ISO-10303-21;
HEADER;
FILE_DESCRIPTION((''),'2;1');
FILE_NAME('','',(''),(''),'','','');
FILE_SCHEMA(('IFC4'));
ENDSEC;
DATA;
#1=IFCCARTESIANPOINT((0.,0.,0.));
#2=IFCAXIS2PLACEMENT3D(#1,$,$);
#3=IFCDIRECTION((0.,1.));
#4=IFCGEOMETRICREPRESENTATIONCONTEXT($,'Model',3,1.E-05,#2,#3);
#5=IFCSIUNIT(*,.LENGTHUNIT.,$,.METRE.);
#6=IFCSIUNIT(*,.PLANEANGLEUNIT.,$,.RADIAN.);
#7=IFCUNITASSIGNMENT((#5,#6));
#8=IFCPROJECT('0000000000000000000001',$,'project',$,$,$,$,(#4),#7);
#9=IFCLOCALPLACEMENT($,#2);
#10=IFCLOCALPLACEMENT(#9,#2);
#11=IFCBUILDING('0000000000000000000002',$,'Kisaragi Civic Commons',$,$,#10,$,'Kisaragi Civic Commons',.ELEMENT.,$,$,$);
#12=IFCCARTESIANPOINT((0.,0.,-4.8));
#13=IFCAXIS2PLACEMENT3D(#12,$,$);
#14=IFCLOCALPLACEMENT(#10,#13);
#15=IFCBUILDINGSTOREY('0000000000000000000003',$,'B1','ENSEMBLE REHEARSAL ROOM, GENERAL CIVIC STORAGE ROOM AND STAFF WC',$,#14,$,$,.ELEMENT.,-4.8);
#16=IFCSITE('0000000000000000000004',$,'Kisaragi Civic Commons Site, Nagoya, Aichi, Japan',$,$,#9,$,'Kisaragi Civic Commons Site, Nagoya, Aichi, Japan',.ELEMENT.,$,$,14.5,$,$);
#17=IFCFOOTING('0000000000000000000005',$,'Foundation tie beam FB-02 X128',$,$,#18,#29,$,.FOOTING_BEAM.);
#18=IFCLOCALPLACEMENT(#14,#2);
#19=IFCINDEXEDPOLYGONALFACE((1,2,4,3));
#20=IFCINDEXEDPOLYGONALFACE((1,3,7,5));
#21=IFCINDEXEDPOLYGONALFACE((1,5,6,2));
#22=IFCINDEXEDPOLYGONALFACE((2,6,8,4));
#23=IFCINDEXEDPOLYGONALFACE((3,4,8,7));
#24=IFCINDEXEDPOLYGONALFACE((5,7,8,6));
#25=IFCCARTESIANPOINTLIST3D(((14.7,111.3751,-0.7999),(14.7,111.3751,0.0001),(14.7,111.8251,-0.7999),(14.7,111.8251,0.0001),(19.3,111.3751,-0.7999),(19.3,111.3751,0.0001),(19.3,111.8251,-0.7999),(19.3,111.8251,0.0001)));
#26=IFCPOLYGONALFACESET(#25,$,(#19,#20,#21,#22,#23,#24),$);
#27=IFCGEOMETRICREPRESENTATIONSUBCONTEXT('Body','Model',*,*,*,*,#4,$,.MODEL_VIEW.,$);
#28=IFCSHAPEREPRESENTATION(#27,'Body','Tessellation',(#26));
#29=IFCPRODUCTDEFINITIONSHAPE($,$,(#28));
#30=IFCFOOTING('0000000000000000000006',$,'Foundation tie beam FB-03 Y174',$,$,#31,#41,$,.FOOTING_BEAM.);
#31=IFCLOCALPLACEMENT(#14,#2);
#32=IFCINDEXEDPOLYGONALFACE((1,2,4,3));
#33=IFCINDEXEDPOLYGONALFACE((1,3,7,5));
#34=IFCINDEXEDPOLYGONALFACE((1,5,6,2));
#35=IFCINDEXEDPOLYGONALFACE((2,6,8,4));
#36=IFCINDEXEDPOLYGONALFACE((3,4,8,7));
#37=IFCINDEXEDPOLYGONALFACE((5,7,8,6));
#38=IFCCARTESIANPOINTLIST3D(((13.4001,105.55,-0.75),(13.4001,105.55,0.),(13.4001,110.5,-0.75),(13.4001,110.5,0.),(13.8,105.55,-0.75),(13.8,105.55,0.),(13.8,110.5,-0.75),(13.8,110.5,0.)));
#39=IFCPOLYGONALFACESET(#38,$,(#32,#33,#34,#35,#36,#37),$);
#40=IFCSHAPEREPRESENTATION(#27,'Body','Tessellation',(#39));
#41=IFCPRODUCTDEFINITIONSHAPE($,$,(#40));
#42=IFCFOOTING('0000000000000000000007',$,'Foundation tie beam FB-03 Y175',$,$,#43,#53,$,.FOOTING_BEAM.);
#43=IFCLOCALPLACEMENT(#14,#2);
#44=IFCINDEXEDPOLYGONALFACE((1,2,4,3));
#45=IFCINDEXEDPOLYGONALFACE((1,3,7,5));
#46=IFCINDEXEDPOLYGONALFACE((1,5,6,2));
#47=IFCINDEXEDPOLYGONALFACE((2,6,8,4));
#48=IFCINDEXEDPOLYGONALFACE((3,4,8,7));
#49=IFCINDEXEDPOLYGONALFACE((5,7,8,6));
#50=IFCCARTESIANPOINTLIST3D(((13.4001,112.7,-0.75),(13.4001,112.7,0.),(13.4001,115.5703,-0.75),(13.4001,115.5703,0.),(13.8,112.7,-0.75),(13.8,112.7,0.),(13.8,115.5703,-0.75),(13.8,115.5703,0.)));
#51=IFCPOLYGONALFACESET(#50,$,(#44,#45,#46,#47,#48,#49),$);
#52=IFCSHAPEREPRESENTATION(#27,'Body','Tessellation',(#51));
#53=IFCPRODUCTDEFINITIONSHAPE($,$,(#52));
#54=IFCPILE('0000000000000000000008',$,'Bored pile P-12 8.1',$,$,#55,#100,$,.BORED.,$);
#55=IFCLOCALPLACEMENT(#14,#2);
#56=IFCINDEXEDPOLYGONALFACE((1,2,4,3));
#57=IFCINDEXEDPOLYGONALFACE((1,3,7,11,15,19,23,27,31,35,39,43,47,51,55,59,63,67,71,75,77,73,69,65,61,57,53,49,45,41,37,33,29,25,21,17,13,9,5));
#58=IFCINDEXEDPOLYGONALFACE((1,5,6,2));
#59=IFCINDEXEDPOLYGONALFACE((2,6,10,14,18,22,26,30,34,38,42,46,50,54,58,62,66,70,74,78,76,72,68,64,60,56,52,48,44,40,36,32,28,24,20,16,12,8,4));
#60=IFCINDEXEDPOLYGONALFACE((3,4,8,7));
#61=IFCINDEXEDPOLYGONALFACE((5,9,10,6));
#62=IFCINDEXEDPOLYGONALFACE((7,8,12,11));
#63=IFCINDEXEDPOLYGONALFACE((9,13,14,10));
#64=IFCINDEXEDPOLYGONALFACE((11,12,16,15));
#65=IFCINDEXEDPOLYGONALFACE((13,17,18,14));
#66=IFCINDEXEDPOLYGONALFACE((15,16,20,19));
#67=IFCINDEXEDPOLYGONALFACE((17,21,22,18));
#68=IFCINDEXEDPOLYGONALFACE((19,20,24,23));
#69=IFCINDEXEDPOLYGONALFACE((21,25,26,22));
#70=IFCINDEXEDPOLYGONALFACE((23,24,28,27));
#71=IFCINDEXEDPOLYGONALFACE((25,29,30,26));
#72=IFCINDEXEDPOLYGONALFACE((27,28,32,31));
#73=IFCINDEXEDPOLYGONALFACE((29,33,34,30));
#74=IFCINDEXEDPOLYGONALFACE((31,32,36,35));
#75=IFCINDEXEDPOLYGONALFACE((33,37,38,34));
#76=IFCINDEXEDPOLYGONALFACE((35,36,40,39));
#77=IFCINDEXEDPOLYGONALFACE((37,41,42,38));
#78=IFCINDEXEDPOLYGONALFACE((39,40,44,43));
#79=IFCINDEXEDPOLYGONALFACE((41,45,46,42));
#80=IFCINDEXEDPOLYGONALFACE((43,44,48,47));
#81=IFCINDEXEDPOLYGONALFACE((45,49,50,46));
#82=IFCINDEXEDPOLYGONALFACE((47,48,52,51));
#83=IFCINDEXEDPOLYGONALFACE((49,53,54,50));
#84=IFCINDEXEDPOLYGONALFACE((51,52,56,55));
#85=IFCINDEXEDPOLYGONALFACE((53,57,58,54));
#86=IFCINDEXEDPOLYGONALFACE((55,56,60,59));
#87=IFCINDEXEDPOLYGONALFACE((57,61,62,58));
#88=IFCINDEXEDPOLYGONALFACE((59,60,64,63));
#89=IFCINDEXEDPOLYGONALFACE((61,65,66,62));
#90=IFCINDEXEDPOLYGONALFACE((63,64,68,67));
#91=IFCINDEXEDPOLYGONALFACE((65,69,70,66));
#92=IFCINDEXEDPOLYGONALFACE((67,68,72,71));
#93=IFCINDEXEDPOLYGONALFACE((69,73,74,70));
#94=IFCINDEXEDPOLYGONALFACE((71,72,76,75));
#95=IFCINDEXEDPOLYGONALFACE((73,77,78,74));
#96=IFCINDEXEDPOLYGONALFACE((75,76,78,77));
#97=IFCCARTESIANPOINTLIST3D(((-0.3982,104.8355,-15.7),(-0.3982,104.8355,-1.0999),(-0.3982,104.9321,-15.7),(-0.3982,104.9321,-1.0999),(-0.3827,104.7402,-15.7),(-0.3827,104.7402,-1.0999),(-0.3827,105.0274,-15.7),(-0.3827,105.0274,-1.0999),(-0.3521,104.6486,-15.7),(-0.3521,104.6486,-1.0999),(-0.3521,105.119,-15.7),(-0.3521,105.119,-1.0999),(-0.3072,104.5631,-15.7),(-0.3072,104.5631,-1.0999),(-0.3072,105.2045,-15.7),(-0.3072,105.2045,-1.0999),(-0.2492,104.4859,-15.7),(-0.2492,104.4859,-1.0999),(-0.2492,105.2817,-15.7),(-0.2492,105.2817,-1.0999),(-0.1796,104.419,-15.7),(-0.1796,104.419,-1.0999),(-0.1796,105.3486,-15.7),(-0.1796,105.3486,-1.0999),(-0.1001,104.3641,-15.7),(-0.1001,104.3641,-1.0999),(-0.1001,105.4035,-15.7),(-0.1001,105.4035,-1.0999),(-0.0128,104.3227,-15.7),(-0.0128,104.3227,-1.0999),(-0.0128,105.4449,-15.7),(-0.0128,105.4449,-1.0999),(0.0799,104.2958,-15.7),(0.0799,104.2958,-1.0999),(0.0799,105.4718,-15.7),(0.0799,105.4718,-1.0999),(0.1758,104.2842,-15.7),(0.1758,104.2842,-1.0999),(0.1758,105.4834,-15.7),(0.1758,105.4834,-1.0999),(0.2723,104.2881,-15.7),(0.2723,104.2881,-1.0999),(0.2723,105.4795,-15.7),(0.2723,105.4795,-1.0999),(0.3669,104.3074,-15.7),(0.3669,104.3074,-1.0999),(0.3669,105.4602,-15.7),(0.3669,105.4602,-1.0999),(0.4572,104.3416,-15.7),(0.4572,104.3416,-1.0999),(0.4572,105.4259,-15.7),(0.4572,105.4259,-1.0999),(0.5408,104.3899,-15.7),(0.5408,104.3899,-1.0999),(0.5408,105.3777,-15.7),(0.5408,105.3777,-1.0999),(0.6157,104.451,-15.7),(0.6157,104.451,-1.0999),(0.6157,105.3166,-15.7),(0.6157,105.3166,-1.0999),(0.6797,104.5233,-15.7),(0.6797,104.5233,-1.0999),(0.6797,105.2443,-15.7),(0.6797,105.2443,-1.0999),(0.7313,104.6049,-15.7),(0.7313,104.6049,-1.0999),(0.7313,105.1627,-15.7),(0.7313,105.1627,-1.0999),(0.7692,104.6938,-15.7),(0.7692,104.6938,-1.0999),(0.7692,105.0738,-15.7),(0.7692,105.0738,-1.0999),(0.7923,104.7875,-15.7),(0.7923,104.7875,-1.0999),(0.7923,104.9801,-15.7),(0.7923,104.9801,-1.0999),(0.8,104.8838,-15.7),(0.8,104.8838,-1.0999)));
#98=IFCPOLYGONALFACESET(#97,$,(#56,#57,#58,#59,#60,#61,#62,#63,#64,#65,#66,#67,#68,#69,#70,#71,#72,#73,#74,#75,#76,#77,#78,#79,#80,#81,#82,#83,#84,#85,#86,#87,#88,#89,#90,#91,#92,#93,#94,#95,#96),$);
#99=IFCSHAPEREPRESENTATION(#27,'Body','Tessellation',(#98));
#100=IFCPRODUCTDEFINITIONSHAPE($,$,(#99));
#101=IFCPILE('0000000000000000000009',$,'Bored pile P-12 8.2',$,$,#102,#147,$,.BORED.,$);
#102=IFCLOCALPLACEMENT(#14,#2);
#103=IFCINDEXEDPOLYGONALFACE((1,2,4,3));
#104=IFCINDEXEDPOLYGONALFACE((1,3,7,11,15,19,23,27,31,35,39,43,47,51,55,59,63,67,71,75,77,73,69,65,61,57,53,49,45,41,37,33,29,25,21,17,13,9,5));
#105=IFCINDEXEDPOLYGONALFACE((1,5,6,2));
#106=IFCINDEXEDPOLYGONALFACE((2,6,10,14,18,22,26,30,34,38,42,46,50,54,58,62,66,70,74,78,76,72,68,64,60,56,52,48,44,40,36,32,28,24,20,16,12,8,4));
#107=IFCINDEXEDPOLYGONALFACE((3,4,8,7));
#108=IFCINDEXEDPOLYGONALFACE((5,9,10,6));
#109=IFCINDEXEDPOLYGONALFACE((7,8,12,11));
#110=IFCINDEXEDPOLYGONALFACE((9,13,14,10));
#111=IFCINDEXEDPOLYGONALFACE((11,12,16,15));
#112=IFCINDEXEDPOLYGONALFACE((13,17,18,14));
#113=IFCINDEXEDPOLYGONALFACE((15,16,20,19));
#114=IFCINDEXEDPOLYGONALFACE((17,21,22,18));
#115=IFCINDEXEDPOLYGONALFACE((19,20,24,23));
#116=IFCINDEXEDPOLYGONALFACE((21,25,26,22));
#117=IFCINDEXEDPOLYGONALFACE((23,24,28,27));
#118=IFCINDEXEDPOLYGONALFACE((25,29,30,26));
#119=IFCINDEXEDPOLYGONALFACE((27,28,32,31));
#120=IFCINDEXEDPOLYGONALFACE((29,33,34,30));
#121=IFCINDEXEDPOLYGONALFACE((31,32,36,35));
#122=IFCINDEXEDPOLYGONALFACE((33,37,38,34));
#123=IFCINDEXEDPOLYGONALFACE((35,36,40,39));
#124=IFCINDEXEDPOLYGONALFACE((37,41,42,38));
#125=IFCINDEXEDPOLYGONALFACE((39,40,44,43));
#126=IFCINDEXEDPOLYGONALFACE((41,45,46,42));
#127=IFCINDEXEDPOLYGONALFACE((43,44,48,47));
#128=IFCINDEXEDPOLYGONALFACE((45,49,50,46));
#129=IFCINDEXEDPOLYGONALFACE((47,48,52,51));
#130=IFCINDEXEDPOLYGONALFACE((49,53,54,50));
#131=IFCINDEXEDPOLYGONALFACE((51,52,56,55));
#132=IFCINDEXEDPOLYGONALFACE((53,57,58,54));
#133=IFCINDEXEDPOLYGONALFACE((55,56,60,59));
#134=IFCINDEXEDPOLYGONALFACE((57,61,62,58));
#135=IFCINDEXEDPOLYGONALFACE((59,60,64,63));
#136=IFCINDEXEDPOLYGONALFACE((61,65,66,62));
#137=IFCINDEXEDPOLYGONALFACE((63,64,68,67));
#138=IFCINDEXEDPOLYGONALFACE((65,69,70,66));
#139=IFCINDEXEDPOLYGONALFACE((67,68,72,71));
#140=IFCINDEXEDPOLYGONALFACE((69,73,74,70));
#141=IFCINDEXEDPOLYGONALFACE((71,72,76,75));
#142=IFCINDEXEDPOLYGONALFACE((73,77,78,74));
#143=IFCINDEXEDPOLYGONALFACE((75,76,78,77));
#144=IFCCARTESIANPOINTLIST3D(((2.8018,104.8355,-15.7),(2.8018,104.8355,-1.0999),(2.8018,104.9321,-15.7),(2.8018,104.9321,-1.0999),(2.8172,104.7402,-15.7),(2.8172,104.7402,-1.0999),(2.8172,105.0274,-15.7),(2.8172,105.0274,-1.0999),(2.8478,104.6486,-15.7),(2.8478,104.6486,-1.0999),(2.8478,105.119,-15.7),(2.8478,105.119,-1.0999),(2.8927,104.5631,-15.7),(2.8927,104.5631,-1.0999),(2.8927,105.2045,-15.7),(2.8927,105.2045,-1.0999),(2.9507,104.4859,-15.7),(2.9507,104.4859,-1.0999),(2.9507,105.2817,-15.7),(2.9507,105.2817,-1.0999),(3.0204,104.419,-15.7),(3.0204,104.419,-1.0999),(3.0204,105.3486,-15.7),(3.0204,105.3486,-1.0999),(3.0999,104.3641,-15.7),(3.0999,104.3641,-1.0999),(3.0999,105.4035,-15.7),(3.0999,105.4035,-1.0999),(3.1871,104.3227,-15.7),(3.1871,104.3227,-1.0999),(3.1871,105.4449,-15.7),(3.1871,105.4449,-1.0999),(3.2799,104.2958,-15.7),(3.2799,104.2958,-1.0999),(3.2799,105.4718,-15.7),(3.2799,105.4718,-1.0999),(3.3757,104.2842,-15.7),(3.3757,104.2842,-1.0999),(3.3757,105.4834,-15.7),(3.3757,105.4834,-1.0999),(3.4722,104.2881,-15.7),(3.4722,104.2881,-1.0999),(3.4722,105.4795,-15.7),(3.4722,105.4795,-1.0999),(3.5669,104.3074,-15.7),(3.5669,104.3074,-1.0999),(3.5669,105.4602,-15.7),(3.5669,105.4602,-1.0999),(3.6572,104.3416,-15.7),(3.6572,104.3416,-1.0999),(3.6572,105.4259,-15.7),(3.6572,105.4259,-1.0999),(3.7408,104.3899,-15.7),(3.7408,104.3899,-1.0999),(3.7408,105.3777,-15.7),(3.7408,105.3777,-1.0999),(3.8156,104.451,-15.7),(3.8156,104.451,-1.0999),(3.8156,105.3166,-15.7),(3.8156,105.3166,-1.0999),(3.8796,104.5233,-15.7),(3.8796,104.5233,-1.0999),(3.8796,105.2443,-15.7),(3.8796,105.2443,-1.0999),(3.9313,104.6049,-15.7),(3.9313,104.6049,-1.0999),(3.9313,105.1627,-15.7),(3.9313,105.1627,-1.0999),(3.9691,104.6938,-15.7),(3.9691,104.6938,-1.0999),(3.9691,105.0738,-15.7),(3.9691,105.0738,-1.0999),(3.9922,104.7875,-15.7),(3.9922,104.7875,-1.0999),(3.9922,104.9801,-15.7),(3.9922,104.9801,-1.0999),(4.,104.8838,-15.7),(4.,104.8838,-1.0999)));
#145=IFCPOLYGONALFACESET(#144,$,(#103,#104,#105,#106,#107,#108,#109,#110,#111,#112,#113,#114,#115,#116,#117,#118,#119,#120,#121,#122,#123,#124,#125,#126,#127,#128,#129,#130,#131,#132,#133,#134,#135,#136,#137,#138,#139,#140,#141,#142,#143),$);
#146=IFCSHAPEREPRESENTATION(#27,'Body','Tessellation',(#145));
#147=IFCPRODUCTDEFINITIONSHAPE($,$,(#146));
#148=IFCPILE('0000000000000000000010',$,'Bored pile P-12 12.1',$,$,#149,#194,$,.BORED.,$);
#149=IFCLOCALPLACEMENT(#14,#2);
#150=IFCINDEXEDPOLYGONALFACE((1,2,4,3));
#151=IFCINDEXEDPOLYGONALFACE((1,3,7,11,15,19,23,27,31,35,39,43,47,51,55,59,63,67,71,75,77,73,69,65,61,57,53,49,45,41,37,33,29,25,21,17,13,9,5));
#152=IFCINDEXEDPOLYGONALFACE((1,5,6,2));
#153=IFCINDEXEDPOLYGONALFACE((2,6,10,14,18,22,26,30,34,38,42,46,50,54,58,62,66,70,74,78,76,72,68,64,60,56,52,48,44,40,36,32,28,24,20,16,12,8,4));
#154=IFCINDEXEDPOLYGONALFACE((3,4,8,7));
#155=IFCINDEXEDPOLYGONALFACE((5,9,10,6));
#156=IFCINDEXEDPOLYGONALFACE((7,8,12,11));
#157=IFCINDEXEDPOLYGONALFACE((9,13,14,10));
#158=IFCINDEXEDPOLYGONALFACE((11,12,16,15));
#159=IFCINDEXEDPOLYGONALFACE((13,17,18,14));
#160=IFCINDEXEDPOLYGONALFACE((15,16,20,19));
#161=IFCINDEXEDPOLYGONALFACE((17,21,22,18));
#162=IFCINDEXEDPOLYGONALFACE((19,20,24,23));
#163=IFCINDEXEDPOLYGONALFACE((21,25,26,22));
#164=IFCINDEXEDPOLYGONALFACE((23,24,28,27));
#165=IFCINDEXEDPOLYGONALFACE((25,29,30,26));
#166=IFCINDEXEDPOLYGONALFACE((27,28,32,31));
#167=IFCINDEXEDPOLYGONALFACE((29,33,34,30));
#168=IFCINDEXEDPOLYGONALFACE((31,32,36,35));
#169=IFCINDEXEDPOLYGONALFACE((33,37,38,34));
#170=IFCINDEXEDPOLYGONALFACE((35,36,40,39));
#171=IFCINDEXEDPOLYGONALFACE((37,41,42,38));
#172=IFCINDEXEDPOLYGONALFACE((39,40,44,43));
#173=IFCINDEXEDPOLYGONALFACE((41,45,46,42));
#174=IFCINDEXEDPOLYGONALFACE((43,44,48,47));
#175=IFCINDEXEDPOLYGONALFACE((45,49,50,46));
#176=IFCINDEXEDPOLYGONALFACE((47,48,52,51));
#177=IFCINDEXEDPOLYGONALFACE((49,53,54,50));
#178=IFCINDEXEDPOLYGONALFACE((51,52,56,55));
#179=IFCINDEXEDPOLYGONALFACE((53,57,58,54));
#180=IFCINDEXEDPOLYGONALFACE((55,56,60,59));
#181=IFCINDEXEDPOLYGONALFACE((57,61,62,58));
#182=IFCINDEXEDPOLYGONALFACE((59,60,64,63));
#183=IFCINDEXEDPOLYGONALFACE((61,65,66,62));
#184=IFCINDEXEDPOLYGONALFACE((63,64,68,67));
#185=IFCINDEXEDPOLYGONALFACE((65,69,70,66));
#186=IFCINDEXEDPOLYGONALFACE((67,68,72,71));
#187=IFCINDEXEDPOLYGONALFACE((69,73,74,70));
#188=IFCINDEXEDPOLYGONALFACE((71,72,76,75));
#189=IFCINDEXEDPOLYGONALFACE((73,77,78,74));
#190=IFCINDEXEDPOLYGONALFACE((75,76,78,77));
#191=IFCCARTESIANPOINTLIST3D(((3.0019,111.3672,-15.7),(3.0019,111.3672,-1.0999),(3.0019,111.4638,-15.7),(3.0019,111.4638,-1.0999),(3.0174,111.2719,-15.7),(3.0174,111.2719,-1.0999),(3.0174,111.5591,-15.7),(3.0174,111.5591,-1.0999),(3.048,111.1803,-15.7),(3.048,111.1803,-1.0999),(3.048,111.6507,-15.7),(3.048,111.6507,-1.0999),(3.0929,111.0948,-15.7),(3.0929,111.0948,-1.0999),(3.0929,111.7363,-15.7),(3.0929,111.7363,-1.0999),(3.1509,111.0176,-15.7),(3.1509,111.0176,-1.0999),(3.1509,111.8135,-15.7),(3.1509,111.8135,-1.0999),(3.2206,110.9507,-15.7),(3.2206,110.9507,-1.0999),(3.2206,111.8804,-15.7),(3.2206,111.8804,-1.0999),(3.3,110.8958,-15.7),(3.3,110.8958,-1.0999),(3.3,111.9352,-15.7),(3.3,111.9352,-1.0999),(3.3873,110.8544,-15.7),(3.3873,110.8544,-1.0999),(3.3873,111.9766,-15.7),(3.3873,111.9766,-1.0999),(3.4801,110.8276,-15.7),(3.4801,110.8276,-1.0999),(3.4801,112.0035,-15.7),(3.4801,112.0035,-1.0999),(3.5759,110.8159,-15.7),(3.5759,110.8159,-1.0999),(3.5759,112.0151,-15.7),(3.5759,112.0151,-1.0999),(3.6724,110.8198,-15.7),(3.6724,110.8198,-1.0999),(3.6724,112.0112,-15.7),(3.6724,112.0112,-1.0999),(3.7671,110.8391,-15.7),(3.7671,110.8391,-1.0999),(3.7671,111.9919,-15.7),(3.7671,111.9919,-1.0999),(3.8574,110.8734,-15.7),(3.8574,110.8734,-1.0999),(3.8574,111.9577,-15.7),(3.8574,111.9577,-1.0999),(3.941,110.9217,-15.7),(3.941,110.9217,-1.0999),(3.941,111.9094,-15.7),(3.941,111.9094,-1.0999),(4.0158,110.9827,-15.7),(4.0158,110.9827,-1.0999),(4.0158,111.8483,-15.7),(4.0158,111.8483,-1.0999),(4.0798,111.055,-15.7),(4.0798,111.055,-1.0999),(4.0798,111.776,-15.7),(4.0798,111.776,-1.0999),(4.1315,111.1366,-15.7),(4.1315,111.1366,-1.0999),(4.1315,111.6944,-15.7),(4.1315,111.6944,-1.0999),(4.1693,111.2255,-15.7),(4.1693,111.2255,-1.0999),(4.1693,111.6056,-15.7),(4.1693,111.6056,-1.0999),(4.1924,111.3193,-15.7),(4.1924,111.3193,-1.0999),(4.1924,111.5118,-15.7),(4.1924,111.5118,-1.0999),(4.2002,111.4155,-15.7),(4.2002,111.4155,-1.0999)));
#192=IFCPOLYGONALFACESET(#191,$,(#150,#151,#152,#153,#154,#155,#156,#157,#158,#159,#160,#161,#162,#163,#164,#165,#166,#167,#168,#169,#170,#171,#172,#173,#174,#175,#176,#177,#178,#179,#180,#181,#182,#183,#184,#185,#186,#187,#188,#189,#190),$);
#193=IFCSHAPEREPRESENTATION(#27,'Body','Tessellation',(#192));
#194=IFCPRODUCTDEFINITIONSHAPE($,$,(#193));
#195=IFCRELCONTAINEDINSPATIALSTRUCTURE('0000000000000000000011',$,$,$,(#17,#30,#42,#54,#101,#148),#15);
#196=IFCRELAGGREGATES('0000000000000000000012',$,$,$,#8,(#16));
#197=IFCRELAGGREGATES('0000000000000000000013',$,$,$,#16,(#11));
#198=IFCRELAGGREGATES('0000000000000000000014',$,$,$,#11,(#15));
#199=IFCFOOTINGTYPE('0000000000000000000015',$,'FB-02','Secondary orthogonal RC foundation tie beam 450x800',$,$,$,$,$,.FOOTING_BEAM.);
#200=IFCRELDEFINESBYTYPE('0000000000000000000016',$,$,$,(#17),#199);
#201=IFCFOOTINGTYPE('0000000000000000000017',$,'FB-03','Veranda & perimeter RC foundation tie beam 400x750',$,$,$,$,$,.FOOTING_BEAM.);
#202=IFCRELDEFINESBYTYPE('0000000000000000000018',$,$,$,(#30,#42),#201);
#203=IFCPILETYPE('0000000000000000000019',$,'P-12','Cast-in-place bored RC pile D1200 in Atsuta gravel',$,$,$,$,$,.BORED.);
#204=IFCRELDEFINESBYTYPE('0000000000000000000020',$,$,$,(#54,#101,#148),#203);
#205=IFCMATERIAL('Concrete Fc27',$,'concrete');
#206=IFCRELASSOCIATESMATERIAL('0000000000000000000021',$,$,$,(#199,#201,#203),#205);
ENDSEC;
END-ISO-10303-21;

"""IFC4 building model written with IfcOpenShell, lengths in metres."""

from ifc_helpers import new_model, si_unit, direction, frame, origin, origin_2d, place, context, subcontext, project, spatial, rectangle, circle, extrude, material, material_profile, profile_set, type_object, element, save


model = new_model("IFC4")

# Units and contexts
model_context = context("Model", 3, precision=1e-05, world=origin(), true_north=direction((0.0, 1.0)))
body_context = subcontext(model_context, "Body", "Model", "MODEL_VIEW")
ifc_project = project(units=[si_unit("LENGTHUNIT", "METRE"), si_unit("PLANEANGLEUNIT", "RADIAN")], contexts=[model_context])

# Site, building, storey
site_placement = place(None, origin())
site = spatial("IfcSite", under=ifc_project, at=site_placement, Name="Kisaragi Civic Commons Site, Nagoya, Aichi, Japan", LongName="Kisaragi Civic Commons Site, Nagoya, Aichi, Japan", CompositionType="ELEMENT", RefElevation=14.5)
building_placement = place(site_placement, origin())
building = spatial("IfcBuilding", under=site, at=building_placement, Name="Kisaragi Civic Commons", LongName="Kisaragi Civic Commons", CompositionType="ELEMENT")
storey_placement = place(building_placement, frame((0.0, 0.0, -4.8)))
storey = spatial("IfcBuildingStorey", under=building, at=storey_placement, Name="B1", Description="ENSEMBLE REHEARSAL ROOM, GENERAL CIVIC STORAGE ROOM AND STAFF WC", CompositionType="ELEMENT", Elevation=-4.8)

# Footings
ifc_material_1 = material(Name="Concrete Fc27", Category="concrete")
ifc_material_profile_1 = material_profile(ifc_material_1, rectangle(XDim=0.45, YDim=0.8, at=origin_2d()), Name="RC-450x800", Category="concrete")
ifc_profile_set_1 = profile_set([ifc_material_profile_1], Name="Concrete Fc27")
footing_type_1 = type_object("IfcFootingType", Name="FB-02", Description="Secondary orthogonal RC foundation tie beam 450x800", PredefinedType="FOOTING_BEAM", material=ifc_profile_set_1)
footing_1_placement = place(storey_placement, frame((14.7, 111.6001, -0.3999), z_axis=(1.0, 0.0, 0.0), x_axis=(0.0, 1.0, 0.0)))
element("IfcFooting", 1, at=footing_1_placement, inside=storey, type_object=footing_type_1, Name="Foundation tie beam FB-02 X128", PredefinedType="FOOTING_BEAM", context=body_context, shape_type="SweptSolid", body=[
    extrude(rectangle(XDim=0.45, YDim=0.8, at=origin_2d()), origin(), (0.0, 0.0, 1.0), 4.6001),
])
ifc_material_profile_2 = material_profile(ifc_material_1, rectangle(XDim=0.3999, YDim=0.75, at=origin_2d()), Name="RC-400x750", Category="concrete")
ifc_profile_set_2 = profile_set([ifc_material_profile_2], Name="Concrete Fc27")
footing_type_2 = type_object("IfcFootingType", Name="FB-03", Description="Veranda & perimeter RC foundation tie beam 400x750", PredefinedType="FOOTING_BEAM", material=ifc_profile_set_2)
footing_2_placement = place(storey_placement, frame((13.6001, 105.55, -0.375), z_axis=(0.0, 1.0, 0.0), x_axis=(-1.0, 0.0, 0.0)))
element("IfcFooting", 2, at=footing_2_placement, inside=storey, type_object=footing_type_2, Name="Foundation tie beam FB-03 Y174", PredefinedType="FOOTING_BEAM", context=body_context, shape_type="SweptSolid", body=[
    extrude(rectangle(XDim=0.3999, YDim=0.75, at=origin_2d()), origin(), (0.0, 0.0, 1.0), 4.95),
])
footing_3_placement = place(storey_placement, frame((13.6001, 112.7, -0.375), z_axis=(0.0, 1.0, 0.0), x_axis=(-1.0, 0.0, 0.0)))
element("IfcFooting", 3, at=footing_3_placement, inside=storey, type_object=footing_type_2, Name="Foundation tie beam FB-03 Y175", PredefinedType="FOOTING_BEAM", context=body_context, shape_type="SweptSolid", body=[
    extrude(rectangle(XDim=0.3999, YDim=0.75, at=origin_2d()), origin(), (0.0, 0.0, 1.0), 2.8704),
])

# Piles
ifc_material_profile_3 = material_profile(ifc_material_1, circle(Radius=0.6001, at=origin_2d()), Name="PILE-D1200", Category="concrete")
ifc_profile_set_3 = profile_set([ifc_material_profile_3], Name="Concrete Fc27")
pile_type = type_object("IfcPileType", Name="P-12", Description="Cast-in-place bored RC pile D1200 in Atsuta gravel", PredefinedType="BORED", material=ifc_profile_set_3)
for number, where, z_axis, x_axis, name in (
    (4, (0.2, 104.8838, -1.0999), (0.0, 0.0, -1.0), (1.0, 0.0, 0.0), "Bored pile P-12 8.1"),
    (5, (3.3999, 104.8838, -1.0999), (0.0, 0.0, -1.0), (1.0, 0.0, 0.0), "Bored pile P-12 8.2"),
    (6, (3.6001, 111.4155, -1.0999), (0.0, 0.0, -1.0), (1.0, 0.0, 0.0), "Bored pile P-12 12.1"),
):
    element("IfcPile", number, at=place(storey_placement, frame(where, z_axis=z_axis, x_axis=x_axis)), inside=storey, type_object=pile_type, Name=name, PredefinedType="BORED", context=body_context, shape_type="SweptSolid", body=[
        extrude(circle(Radius=0.6001, at=origin_2d()), origin(), (0.0, 0.0, 1.0), 14.6001),
    ])

save(model, "model.ifc")
